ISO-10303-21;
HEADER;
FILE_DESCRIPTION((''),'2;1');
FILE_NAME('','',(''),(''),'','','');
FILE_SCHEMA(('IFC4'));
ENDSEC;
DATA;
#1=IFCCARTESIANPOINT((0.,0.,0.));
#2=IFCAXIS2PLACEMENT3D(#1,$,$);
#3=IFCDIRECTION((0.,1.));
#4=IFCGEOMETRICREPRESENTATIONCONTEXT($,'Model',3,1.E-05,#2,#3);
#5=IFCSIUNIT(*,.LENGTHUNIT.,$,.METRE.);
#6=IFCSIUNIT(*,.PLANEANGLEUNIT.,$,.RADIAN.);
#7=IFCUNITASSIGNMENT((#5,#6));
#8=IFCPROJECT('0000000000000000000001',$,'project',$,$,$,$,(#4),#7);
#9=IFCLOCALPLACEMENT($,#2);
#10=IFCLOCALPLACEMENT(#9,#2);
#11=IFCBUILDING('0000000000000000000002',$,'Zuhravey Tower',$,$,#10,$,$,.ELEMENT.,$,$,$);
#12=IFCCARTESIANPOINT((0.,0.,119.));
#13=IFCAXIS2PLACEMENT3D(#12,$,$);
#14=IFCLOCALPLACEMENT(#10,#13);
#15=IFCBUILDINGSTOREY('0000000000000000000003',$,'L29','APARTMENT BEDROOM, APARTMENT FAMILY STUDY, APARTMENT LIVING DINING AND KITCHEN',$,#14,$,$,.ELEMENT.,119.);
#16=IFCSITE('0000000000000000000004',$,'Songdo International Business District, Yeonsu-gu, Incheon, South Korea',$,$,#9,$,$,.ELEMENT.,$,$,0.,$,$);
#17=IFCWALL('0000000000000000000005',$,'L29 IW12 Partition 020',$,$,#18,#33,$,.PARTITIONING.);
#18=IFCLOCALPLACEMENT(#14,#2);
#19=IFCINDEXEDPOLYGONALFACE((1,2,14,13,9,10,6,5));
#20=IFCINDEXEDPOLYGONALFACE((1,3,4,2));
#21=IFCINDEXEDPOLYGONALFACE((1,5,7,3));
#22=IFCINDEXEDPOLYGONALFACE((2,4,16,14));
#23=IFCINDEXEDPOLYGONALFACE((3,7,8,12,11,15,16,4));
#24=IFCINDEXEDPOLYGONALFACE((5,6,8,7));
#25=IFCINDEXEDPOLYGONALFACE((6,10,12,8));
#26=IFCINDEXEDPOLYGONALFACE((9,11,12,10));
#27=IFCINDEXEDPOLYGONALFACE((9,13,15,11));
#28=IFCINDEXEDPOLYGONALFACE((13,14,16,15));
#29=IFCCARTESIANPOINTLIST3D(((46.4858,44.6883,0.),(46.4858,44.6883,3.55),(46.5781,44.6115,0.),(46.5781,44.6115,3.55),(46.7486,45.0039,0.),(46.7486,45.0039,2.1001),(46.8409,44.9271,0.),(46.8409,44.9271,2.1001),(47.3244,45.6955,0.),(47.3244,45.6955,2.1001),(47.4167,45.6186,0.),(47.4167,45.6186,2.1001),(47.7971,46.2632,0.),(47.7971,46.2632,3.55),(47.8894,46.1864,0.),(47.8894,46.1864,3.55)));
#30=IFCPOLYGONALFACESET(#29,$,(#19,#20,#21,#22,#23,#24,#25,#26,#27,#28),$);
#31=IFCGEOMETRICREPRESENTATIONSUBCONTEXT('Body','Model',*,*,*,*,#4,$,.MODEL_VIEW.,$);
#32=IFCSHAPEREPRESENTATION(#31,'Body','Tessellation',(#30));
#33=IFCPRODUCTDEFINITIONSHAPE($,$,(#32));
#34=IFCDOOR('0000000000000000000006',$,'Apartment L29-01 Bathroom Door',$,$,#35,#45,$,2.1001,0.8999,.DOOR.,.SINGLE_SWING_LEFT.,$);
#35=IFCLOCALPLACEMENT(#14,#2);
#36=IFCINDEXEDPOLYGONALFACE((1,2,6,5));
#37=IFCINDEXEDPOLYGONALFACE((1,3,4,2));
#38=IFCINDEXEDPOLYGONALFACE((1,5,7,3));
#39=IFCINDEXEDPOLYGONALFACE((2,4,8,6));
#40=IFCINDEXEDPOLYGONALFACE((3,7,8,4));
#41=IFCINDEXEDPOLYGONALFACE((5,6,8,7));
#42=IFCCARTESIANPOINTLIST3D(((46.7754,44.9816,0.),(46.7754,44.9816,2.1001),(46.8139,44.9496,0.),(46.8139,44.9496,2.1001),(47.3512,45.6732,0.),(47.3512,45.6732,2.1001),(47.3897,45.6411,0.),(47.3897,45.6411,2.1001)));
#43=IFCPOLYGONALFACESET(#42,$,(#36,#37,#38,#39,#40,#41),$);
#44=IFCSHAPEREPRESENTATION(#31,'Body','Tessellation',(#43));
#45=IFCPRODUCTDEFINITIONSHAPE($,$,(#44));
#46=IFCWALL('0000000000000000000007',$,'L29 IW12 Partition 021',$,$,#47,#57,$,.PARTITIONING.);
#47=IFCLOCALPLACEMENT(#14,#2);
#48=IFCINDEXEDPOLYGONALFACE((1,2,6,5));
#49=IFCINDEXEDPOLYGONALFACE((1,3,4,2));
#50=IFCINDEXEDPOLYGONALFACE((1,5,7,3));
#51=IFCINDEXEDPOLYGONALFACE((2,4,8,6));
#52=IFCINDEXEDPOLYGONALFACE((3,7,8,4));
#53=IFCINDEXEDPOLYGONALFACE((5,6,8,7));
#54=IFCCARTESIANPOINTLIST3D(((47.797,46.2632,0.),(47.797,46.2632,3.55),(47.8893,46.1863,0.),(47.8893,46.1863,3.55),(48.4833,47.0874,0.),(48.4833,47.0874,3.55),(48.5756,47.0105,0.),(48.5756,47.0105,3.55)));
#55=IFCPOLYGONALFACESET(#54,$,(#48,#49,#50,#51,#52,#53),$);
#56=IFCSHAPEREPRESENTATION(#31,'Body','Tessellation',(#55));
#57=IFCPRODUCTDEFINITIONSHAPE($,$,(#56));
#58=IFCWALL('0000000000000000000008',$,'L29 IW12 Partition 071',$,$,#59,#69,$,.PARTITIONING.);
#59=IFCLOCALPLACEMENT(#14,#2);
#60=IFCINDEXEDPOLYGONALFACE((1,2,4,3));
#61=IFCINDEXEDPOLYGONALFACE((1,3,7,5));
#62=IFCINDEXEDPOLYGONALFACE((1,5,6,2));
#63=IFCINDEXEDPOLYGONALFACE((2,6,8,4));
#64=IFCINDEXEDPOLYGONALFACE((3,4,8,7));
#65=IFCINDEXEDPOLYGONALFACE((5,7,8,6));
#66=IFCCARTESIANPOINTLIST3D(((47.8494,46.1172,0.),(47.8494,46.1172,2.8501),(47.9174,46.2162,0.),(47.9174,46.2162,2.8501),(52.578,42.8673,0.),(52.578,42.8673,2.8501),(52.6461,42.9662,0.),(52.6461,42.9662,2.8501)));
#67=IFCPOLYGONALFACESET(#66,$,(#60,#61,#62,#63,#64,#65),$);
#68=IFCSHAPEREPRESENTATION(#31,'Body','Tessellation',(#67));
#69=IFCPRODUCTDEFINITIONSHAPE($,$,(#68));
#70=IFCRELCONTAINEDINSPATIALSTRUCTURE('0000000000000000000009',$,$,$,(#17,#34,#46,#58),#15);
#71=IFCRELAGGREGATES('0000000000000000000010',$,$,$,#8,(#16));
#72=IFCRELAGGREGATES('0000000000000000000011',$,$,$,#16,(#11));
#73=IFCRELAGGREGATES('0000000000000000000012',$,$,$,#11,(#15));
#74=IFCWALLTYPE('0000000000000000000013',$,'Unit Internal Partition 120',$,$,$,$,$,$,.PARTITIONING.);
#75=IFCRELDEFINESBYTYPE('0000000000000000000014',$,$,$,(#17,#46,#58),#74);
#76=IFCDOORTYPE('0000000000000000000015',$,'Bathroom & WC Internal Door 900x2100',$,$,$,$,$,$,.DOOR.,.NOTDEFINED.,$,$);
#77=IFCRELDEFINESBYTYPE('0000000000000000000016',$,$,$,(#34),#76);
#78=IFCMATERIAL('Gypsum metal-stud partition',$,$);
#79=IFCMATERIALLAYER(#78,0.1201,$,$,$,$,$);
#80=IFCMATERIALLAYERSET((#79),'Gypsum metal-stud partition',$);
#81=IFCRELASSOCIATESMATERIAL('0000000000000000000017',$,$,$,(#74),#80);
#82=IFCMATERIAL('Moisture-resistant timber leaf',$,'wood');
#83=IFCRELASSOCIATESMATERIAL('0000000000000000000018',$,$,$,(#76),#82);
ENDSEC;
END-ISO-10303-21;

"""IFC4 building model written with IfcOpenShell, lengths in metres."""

from ifc_helpers import new_model, si_unit, direction, frame, frame_2d, origin, place, context, subcontext, project, spatial, rectangle, extrude, material, layer, layer_set, type_object, element, fill, save


model = new_model("IFC4")

# Units and contexts
model_context = context("Model", 3, precision=1e-05, world=origin(), true_north=direction((0.0, 1.0)))
body_context = subcontext(model_context, "Body", "Model", "MODEL_VIEW")
ifc_project = project(units=[si_unit("LENGTHUNIT", "METRE"), si_unit("PLANEANGLEUNIT", "RADIAN")], contexts=[model_context])

# Site, building, storey
site_placement = place(None, origin())
site = spatial("IfcSite", under=ifc_project, at=site_placement, Name="Songdo International Business District, Yeonsu-gu, Incheon, South Korea", CompositionType="ELEMENT", RefElevation=0.0)
building_placement = place(site_placement, origin())
building = spatial("IfcBuilding", under=site, at=building_placement, Name="Zuhravey Tower", CompositionType="ELEMENT")
storey_placement = place(building_placement, frame((0.0, 0.0, 119.0)))
storey = spatial("IfcBuildingStorey", under=building, at=storey_placement, Name="L29", Description="APARTMENT BEDROOM, APARTMENT FAMILY STUDY, APARTMENT LIVING DINING AND KITCHEN", CompositionType="ELEMENT", Elevation=119.0)

# Wall, opening, door
ifc_material_1 = material(Name="Gypsum metal-stud partition")
ifc_layer_1 = layer(ifc_material_1, 0.1201)
ifc_layer_set_1 = layer_set([ifc_layer_1], Name="Gypsum metal-stud partition")
wall_type_1 = type_object("IfcWallType", Name="Unit Internal Partition 120", PredefinedType="PARTITIONING", material=ifc_layer_set_1)
wall_1_placement = place(storey_placement, frame((46.532, 44.6499, 0.0), z_axis=(0.0, 0.0, 1.0), x_axis=(0.639845, 0.768504, 0.0)))
wall_1 = element("IfcWall", 1, at=wall_1_placement, inside=storey, type_object=wall_type_1, Name="L29 IW12 Partition 020", PredefinedType="PARTITIONING", context=body_context, shape_type="SweptSolid", body=[
    extrude(rectangle(XDim=2.0493, YDim=0.1201, at=frame_2d((1.0247, 0.0))), origin(), (0.0, 0.0, 1.0), 3.55),
])
opening_placement = place(wall_1_placement, frame((0.4106, 0.0, 0.0)))
opening = element("IfcOpeningElement", 2, at=opening_placement, cuts=wall_1, PredefinedType="OPENING", context=body_context, shape_type="SweptSolid", body=[
    extrude(rectangle(XDim=0.8999, YDim=2.1001, at=frame_2d((0.45, 1.05))), frame((0.0, 0.072, 0.0), z_axis=(0.0, -1.0, 0.0), x_axis=(1.0, 0.0, 0.0)), (0.0, 0.0, 1.0), 0.144),
])
ifc_material_2 = material(Name="Moisture-resistant timber leaf", Category="wood")
door_type = type_object("IfcDoorType", Name="Bathroom & WC Internal Door 900x2100", OperationType="NOTDEFINED", PredefinedType="DOOR", material=ifc_material_2)
door_placement = place(opening_placement, frame((0.8999, 0.0, 0.0), z_axis=(0.0, 0.0, 1.0), x_axis=(-1.0, 0.0, 0.0)))
door = element("IfcDoor", 3, at=door_placement, inside=storey, type_object=door_type, Name="Apartment L29-01 Bathroom Door", OperationType="SINGLE_SWING_LEFT", OverallHeight=2.1001, OverallWidth=0.8999, PredefinedType="DOOR", context=body_context, shape_type="SweptSolid", body=[
    extrude(rectangle(XDim=0.8999, YDim=2.1001, at=frame_2d((0.45, 1.05))), frame((0.0, 0.0249, 0.0), z_axis=(0.0, -1.0, 0.0), x_axis=(1.0, 0.0, 0.0)), (0.0, 0.0, 1.0), 0.05),
])
fill(opening, door)

# Walls
wall_2_placement = place(storey_placement, frame((47.8433, 46.2249, 0.0), z_axis=(0.0, 0.0, 1.0), x_axis=(0.639871, 0.768482, 0.0)))
element("IfcWall", 4, at=wall_2_placement, inside=storey, type_object=wall_type_1, Name="L29 IW12 Partition 021", PredefinedType="PARTITIONING", context=body_context, shape_type="SweptSolid", body=[
    extrude(rectangle(XDim=1.0725, YDim=0.1201, at=frame_2d((0.5361, 0.0))), origin(), (0.0, 0.0, 1.0), 3.55),
])
wall_3_placement = place(storey_placement, frame((52.6121, 42.9167, 0.0), z_axis=(0.0, 0.0, 1.0), x_axis=(-0.824125, 0.566408, 0.0)))
element("IfcWall", 5, at=wall_3_placement, inside=storey, type_object=wall_type_1, Name="L29 IW12 Partition 071", PredefinedType="PARTITIONING", context=body_context, shape_type="SweptSolid", body=[
    extrude(rectangle(XDim=5.7378, YDim=0.1201, at=frame_2d((2.8689, 0.0))), origin(), (0.0, 0.0, 1.0), 2.8501),
])

save(model, "model.ifc")
